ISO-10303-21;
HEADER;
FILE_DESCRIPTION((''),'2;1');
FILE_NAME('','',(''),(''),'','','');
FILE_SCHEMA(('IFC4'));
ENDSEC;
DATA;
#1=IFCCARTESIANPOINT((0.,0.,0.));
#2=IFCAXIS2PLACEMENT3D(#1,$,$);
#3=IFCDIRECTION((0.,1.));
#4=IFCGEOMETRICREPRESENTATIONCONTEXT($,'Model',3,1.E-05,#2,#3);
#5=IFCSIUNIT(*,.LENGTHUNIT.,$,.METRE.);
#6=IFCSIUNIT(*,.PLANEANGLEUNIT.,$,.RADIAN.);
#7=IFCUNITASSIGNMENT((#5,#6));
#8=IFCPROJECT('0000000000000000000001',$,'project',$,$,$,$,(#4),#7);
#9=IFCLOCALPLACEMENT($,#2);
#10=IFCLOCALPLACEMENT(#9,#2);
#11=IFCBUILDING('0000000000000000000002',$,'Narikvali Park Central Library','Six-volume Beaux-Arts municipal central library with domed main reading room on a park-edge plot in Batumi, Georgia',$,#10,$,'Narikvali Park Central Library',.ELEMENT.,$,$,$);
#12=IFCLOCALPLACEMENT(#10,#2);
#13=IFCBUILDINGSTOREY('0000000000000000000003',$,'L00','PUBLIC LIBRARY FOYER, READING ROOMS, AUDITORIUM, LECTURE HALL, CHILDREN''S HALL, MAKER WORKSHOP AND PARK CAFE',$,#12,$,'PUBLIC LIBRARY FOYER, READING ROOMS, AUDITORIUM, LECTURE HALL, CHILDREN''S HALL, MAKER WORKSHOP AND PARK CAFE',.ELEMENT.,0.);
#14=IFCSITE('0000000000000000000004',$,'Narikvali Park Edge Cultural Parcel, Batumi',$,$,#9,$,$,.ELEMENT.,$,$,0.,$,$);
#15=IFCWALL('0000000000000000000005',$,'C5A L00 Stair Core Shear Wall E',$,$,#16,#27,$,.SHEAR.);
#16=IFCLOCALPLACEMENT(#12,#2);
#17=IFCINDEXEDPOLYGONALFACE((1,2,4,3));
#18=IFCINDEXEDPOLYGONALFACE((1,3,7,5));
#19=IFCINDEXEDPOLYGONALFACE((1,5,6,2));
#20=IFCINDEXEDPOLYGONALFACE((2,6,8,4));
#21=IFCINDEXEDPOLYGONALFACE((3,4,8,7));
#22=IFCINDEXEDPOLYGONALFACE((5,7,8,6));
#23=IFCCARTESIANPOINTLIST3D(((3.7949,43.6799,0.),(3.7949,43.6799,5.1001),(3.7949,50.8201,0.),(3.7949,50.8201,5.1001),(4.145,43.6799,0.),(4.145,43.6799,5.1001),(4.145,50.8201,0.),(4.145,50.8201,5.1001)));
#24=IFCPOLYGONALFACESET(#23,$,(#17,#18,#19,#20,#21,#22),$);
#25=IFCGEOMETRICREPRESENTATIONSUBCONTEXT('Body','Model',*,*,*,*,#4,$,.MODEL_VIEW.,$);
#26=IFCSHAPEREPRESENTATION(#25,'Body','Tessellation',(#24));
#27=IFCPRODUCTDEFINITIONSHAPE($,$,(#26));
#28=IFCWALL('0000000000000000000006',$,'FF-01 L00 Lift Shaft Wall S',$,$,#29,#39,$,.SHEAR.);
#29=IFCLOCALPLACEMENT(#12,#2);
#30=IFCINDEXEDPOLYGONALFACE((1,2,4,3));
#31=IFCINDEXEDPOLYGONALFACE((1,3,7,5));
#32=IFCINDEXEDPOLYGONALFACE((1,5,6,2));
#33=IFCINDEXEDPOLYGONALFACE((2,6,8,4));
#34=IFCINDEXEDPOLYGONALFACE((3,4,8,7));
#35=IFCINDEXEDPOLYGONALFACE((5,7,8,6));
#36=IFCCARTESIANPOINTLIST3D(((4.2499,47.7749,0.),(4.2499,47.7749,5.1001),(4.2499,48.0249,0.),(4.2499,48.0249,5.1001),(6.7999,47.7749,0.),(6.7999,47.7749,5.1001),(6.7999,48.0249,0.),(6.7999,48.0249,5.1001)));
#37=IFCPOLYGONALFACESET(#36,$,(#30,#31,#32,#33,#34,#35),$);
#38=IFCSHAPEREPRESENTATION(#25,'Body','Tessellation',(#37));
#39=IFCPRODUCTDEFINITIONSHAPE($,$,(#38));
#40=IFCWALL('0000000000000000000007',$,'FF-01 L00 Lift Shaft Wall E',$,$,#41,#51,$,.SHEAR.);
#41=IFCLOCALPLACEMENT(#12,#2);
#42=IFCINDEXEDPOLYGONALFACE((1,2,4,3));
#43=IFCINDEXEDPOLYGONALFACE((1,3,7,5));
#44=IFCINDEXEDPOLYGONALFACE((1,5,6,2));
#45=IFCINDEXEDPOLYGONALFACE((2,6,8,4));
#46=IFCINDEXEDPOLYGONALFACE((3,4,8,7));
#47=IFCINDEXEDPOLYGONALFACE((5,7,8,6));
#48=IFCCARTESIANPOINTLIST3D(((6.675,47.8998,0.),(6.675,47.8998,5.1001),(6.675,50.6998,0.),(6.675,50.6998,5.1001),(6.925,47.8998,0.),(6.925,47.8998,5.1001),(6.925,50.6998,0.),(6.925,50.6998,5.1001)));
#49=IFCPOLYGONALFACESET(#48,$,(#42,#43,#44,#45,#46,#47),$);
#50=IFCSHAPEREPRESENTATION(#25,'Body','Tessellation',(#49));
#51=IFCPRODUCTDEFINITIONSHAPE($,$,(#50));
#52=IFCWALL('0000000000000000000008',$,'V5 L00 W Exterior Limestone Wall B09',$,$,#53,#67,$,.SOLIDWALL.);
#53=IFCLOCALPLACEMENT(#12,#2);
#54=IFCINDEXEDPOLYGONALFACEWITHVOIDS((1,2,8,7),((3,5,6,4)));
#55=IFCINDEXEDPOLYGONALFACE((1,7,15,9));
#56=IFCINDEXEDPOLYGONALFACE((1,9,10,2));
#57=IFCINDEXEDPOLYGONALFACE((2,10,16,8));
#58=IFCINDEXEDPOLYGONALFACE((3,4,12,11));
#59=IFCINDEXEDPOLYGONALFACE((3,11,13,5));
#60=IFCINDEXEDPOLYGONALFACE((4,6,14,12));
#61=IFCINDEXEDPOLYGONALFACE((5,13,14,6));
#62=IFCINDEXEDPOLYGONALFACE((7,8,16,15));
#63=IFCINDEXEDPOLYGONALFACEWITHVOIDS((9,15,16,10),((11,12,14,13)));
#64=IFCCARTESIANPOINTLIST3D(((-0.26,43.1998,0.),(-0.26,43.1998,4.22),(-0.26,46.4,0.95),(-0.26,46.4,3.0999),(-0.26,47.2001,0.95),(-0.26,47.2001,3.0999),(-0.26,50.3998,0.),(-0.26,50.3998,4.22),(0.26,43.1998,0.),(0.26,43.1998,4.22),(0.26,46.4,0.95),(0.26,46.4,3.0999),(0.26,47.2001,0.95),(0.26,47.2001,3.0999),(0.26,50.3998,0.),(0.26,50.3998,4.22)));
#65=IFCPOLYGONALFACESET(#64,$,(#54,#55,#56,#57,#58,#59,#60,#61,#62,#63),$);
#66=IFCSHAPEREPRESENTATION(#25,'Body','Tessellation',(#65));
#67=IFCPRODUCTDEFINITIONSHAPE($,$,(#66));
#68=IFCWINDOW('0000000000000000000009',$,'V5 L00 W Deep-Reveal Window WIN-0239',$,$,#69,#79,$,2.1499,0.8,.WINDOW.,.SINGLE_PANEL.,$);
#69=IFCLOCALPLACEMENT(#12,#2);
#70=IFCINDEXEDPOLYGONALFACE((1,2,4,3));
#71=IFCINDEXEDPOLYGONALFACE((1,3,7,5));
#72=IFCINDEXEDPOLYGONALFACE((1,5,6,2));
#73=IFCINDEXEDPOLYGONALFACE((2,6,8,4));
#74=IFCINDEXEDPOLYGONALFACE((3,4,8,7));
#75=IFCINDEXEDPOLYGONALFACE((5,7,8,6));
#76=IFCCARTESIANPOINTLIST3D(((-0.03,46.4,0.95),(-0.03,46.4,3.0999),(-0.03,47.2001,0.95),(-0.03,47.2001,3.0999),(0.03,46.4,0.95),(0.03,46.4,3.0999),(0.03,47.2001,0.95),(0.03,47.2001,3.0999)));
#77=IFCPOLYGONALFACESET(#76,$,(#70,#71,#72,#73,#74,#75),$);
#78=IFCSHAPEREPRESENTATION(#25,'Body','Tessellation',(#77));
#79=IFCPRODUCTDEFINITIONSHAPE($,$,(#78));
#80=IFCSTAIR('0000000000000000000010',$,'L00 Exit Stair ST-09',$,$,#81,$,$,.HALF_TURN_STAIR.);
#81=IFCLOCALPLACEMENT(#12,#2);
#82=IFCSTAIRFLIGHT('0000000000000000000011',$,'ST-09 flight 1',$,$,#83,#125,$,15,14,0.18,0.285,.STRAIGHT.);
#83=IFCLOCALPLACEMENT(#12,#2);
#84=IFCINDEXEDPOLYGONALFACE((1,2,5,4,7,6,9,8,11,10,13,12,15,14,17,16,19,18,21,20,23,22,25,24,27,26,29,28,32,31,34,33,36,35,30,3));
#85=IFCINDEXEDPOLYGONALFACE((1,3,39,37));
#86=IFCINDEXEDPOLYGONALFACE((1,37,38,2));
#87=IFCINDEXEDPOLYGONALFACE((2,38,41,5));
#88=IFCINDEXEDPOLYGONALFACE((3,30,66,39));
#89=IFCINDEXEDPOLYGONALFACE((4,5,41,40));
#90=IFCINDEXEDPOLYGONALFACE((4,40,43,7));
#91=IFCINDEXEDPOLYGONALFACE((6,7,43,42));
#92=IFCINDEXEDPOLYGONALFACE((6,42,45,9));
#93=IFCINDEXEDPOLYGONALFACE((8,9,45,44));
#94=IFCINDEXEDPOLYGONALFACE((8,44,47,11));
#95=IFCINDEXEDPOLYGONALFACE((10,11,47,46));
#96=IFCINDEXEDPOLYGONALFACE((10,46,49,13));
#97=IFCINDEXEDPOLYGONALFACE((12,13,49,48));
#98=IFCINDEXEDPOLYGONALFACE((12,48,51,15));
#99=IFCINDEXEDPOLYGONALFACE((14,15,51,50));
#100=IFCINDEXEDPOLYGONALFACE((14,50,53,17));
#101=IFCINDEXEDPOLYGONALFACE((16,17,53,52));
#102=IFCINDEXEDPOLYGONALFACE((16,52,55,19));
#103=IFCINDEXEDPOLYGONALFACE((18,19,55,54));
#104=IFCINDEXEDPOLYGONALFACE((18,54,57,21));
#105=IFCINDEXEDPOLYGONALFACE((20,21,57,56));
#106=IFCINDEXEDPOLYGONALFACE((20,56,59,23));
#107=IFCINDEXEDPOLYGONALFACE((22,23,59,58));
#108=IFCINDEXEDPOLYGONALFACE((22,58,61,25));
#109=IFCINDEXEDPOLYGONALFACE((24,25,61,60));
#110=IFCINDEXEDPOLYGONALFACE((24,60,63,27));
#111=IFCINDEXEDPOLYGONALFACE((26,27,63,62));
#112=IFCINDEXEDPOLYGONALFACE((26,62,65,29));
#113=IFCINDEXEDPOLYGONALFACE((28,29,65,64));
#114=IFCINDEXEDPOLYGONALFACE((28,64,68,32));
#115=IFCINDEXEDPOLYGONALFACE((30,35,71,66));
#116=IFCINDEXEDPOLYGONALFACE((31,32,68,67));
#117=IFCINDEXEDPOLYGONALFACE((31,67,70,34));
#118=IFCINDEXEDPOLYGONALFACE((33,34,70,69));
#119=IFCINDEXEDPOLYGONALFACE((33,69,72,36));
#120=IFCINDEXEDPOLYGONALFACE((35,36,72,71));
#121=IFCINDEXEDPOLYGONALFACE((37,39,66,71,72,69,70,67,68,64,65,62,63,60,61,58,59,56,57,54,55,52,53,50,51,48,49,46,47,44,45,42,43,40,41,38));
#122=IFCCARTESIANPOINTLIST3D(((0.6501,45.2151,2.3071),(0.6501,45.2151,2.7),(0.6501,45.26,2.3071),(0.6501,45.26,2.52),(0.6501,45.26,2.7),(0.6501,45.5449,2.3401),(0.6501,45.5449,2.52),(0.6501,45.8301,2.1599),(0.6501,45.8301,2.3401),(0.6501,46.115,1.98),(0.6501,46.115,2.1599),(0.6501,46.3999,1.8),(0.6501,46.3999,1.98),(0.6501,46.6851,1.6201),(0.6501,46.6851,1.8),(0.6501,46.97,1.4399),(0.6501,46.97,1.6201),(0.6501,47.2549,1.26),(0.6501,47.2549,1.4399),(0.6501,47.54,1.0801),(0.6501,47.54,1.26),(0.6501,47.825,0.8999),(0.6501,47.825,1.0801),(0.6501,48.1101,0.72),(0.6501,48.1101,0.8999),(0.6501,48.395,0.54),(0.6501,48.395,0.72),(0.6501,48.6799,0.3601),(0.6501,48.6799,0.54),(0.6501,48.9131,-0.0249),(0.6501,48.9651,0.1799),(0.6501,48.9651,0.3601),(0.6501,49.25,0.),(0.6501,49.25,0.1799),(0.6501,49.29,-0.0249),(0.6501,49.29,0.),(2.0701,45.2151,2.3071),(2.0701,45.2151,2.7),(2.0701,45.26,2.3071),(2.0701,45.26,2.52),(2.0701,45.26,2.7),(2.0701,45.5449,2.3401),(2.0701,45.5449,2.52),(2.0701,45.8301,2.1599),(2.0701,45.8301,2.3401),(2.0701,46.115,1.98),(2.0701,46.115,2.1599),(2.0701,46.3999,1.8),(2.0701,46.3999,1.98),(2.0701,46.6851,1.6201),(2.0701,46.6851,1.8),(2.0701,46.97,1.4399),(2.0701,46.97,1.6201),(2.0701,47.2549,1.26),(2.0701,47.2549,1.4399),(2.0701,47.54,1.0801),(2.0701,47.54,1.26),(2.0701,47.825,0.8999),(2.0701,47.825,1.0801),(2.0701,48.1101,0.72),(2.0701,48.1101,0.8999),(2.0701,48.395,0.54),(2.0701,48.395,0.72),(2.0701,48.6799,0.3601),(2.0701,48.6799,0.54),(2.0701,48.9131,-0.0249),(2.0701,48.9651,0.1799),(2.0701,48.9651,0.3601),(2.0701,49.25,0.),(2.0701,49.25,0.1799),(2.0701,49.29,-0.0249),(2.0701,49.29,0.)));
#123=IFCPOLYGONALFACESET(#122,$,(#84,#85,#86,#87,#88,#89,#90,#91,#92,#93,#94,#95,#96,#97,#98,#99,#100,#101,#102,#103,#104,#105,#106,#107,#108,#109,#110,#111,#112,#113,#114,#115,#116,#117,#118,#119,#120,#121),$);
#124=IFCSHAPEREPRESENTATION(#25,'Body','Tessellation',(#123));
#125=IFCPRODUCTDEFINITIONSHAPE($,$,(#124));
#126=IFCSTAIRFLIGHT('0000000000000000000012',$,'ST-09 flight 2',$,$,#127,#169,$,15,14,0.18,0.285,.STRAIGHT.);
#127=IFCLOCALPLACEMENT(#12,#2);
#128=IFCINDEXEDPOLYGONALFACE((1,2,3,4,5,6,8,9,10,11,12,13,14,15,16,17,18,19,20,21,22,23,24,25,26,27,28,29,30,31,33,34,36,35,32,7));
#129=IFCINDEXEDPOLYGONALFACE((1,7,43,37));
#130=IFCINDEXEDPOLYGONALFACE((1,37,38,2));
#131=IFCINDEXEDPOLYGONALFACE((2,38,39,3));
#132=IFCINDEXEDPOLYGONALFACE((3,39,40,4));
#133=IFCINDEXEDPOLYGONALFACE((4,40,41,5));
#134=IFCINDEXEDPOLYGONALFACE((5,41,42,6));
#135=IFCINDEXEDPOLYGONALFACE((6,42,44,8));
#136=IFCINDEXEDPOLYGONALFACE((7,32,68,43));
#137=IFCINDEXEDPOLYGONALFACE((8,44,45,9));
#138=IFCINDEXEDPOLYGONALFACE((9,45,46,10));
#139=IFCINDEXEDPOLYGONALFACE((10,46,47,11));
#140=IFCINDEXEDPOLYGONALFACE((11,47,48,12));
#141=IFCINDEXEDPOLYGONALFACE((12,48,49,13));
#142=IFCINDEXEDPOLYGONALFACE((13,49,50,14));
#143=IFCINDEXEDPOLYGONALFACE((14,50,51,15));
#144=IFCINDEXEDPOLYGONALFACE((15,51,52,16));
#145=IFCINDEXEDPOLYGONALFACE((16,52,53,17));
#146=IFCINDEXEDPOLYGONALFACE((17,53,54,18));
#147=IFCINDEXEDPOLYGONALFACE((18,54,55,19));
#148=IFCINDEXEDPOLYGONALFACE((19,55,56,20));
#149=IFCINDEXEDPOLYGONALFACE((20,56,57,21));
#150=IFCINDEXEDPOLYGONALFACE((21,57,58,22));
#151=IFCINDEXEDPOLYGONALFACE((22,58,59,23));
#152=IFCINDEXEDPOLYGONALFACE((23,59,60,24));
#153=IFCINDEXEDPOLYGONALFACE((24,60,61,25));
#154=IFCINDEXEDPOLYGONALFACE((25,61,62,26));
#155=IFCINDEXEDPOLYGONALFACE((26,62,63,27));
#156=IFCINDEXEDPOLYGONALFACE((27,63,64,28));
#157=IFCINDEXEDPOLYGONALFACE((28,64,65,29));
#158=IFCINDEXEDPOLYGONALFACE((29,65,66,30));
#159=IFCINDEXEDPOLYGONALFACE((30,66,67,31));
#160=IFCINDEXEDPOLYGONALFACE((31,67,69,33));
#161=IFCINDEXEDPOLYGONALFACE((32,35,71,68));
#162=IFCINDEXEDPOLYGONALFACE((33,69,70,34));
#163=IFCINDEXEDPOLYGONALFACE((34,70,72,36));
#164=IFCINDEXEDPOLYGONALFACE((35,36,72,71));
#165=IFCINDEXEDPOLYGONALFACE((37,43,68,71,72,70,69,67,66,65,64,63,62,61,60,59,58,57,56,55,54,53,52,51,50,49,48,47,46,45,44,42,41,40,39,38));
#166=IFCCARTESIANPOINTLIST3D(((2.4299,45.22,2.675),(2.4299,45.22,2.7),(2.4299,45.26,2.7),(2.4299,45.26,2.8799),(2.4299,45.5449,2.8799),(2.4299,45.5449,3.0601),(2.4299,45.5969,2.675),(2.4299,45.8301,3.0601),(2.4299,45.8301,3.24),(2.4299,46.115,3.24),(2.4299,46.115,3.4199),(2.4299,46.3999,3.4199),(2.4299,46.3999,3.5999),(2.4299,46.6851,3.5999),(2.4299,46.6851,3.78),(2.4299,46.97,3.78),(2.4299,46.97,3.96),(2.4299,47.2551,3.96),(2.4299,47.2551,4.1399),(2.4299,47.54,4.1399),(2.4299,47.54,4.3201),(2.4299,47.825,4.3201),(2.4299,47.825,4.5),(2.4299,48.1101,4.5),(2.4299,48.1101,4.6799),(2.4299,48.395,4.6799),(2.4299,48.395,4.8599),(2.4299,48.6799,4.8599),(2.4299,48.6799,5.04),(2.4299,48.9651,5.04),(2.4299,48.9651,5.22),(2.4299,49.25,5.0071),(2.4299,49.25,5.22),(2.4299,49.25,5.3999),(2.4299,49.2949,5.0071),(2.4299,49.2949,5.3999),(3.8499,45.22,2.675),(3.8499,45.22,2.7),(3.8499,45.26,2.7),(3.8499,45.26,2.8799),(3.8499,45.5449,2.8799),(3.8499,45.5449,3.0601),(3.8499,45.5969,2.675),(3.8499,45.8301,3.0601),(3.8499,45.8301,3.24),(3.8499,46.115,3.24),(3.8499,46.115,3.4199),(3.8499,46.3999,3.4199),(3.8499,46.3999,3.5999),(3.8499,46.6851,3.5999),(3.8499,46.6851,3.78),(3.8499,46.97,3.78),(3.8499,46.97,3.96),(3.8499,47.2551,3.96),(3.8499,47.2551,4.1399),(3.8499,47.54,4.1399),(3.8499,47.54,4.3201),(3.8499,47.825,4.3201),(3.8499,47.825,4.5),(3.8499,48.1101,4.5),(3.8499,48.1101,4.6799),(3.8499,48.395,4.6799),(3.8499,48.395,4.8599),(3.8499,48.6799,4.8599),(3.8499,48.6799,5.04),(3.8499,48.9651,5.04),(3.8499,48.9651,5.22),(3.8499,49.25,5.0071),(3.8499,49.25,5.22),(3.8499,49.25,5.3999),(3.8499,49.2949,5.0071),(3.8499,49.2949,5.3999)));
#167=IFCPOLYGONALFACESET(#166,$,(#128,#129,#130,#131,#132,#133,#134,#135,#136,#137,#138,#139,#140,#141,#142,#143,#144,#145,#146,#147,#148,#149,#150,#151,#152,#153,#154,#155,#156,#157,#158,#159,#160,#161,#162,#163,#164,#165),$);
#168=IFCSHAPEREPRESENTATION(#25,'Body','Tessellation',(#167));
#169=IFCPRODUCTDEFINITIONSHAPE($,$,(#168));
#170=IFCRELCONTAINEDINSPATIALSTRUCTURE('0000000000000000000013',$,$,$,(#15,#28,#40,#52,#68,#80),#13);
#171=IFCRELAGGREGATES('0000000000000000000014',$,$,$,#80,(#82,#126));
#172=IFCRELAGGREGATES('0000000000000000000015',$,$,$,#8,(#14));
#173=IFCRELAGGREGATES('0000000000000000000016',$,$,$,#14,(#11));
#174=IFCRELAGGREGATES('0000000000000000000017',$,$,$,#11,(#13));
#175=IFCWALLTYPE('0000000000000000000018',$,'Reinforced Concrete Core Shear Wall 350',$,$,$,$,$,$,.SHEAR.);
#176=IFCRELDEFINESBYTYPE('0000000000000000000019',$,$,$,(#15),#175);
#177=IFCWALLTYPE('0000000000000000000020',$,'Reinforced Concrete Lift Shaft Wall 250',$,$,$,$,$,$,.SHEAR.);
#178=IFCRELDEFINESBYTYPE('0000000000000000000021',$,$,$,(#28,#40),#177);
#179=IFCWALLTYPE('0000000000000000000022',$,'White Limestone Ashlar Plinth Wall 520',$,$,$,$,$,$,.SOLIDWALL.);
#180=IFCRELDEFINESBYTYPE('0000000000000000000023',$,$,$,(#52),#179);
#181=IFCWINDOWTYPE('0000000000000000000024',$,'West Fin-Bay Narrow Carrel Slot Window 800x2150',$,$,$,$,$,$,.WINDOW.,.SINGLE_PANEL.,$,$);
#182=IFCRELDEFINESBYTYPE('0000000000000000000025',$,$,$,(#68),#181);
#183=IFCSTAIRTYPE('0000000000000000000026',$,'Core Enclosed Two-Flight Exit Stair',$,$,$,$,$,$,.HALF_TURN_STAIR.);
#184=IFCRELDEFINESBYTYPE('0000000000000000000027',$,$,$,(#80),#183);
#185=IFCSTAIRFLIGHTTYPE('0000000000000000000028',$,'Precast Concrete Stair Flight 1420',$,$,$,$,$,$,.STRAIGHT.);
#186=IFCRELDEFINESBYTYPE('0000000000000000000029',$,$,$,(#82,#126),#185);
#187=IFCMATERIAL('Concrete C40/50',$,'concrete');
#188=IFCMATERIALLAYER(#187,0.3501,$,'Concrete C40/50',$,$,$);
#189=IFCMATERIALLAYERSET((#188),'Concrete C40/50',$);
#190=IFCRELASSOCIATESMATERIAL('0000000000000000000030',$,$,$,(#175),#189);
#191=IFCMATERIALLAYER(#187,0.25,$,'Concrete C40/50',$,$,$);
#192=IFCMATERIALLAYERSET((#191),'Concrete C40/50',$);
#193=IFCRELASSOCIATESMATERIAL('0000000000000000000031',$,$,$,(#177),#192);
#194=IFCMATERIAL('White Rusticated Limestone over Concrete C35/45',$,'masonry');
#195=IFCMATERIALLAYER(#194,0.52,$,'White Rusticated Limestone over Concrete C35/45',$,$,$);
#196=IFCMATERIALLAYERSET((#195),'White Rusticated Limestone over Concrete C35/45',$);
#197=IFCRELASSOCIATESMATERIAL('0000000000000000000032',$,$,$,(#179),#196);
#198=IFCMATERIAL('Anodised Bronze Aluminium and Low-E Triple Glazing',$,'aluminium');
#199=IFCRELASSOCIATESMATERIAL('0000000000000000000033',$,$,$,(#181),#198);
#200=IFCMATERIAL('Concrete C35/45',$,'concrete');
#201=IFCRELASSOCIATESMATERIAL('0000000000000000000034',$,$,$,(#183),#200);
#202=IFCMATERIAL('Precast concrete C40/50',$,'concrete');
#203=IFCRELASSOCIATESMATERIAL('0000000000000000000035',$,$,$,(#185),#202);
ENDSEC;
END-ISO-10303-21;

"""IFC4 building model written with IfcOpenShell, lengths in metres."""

from ifc_helpers import new_model, si_unit, direction, frame, frame_2d, origin, place, context, subcontext, project, spatial, polyline, rectangle, outline, extrude, material, layer, layer_set, type_object, element, fill, aggregate, save


model = new_model("IFC4")

# Units and contexts
model_context = context("Model", 3, precision=1e-05, world=origin(), true_north=direction((0.0, 1.0)))
body_context = subcontext(model_context, "Body", "Model", "MODEL_VIEW")
ifc_project = project(units=[si_unit("LENGTHUNIT", "METRE"), si_unit("PLANEANGLEUNIT", "RADIAN")], contexts=[model_context])

# Site, building, storey
site_placement = place(None, origin())
site = spatial("IfcSite", under=ifc_project, at=site_placement, Name="Narikvali Park Edge Cultural Parcel, Batumi", CompositionType="ELEMENT", RefElevation=0.0)
building_placement = place(site_placement, origin())
building = spatial("IfcBuilding", under=site, at=building_placement, Name="Narikvali Park Central Library", Description="Six-volume Beaux-Arts municipal central library with domed main reading room on a park-edge plot in Batumi, Georgia", LongName="Narikvali Park Central Library", CompositionType="ELEMENT")
storey_placement = place(building_placement, origin())
storey = spatial("IfcBuildingStorey", under=building, at=storey_placement, Name="L00", Description="PUBLIC LIBRARY FOYER, READING ROOMS, AUDITORIUM, LECTURE HALL, CHILDREN'S HALL, MAKER WORKSHOP AND PARK CAFE", LongName="PUBLIC LIBRARY FOYER, READING ROOMS, AUDITORIUM, LECTURE HALL, CHILDREN'S HALL, MAKER WORKSHOP AND PARK CAFE", CompositionType="ELEMENT", Elevation=0.0)

# Walls
ifc_material_1 = material(Name="Concrete C40/50", Category="concrete")
ifc_layer_1 = layer(ifc_material_1, 0.3501, Name="Concrete C40/50")
ifc_layer_set_1 = layer_set([ifc_layer_1], Name="Concrete C40/50")
wall_type_1 = type_object("IfcWallType", Name="Reinforced Concrete Core Shear Wall 350", PredefinedType="SHEAR", material=ifc_layer_set_1)
wall_1_placement = place(storey_placement, frame((3.97, 43.6799, 0.0), z_axis=(0.0, 0.0, 1.0), x_axis=(0.0, 1.0, 0.0)))
element("IfcWall", 1, at=wall_1_placement, inside=storey, type_object=wall_type_1, Name="C5A L00 Stair Core Shear Wall E", PredefinedType="SHEAR", context=body_context, shape_type="SweptSolid", body=[
    extrude(rectangle(XDim=7.1401, YDim=0.3501, at=frame_2d((3.5701, 0.0))), origin(), (0.0, 0.0, 1.0), 5.1001),
])
ifc_layer_2 = layer(ifc_material_1, 0.25, Name="Concrete C40/50")
ifc_layer_set_2 = layer_set([ifc_layer_2], Name="Concrete C40/50")
wall_type_2 = type_object("IfcWallType", Name="Reinforced Concrete Lift Shaft Wall 250", PredefinedType="SHEAR", material=ifc_layer_set_2)
wall_2_placement = place(storey_placement, frame((4.25, 47.8999, 0.0), z_axis=(0.0, 0.0, 1.0), x_axis=(1.0, 0.0, 0.0)))
element("IfcWall", 2, at=wall_2_placement, inside=storey, type_object=wall_type_2, Name="FF-01 L00 Lift Shaft Wall S", PredefinedType="SHEAR", context=body_context, shape_type="SweptSolid", body=[
    extrude(rectangle(XDim=2.55, YDim=0.25, at=frame_2d((1.2749, 0.0))), origin(), (0.0, 0.0, 1.0), 5.1001),
])
wall_3_placement = place(storey_placement, frame((6.8, 47.8999, 0.0), z_axis=(0.0, 0.0, 1.0), x_axis=(0.0, 1.0, 0.0)))
element("IfcWall", 3, at=wall_3_placement, inside=storey, type_object=wall_type_2, Name="FF-01 L00 Lift Shaft Wall E", PredefinedType="SHEAR", context=body_context, shape_type="SweptSolid", body=[
    extrude(rectangle(XDim=2.8, YDim=0.25, at=frame_2d((1.3999, 0.0))), origin(), (0.0, 0.0, 1.0), 5.1001),
])

# Wall, opening, window
ifc_material_2 = material(Name="White Rusticated Limestone over Concrete C35/45", Category="masonry")
ifc_layer_3 = layer(ifc_material_2, 0.52, Name="White Rusticated Limestone over Concrete C35/45")
ifc_layer_set_3 = layer_set([ifc_layer_3], Name="White Rusticated Limestone over Concrete C35/45")
wall_type_3 = type_object("IfcWallType", Name="White Limestone Ashlar Plinth Wall 520", PredefinedType="SOLIDWALL", material=ifc_layer_set_3)
wall_4_placement = place(storey_placement, frame((0.0, 50.3999, 0.0), z_axis=(0.0, 0.0, 1.0), x_axis=(0.0, -1.0, 0.0)))
wall_4 = element("IfcWall", 4, at=wall_4_placement, inside=storey, type_object=wall_type_3, Name="V5 L00 W Exterior Limestone Wall B09", PredefinedType="SOLIDWALL", context=body_context, shape_type="SweptSolid", body=[
    extrude(rectangle(XDim=7.2, YDim=0.52, at=frame_2d((3.6001, 0.0))), origin(), (0.0, 0.0, 1.0), 4.22),
])
opening_placement = place(wall_4_placement, frame((3.2, 0.0, 0.95)))
opening = element("IfcOpeningElement", 5, at=opening_placement, cuts=wall_4, PredefinedType="OPENING", context=body_context, shape_type="SweptSolid", body=[
    extrude(rectangle(XDim=0.8, YDim=2.1499, at=frame_2d((0.3999, 1.075))), frame((0.0, 0.272, 0.0), z_axis=(0.0, -1.0, 0.0), x_axis=(1.0, 0.0, 0.0)), (0.0, 0.0, 1.0), 0.5439),
])
ifc_material_3 = material(Name="Anodised Bronze Aluminium and Low-E Triple Glazing", Category="aluminium")
window_type = type_object("IfcWindowType", Name="West Fin-Bay Narrow Carrel Slot Window 800x2150", PartitioningType="SINGLE_PANEL", PredefinedType="WINDOW", material=ifc_material_3)
window_placement = place(opening_placement, origin())
window = element("IfcWindow", 6, at=window_placement, inside=storey, type_object=window_type, Name="V5 L00 W Deep-Reveal Window WIN-0239", OverallHeight=2.1499, OverallWidth=0.8, PartitioningType="SINGLE_PANEL", PredefinedType="WINDOW", context=body_context, shape_type="SweptSolid", body=[
    extrude(rectangle(XDim=0.8, YDim=2.1499, at=frame_2d((0.3999, 1.075))), frame((0.0, 0.03, 0.0), z_axis=(0.0, -1.0, 0.0), x_axis=(1.0, 0.0, 0.0)), (0.0, 0.0, 1.0), 0.0601),
])
fill(opening, window)

# Stair, stair flights
ifc_material_4 = material(Name="Concrete C35/45", Category="concrete")
stair_type = type_object("IfcStairType", Name="Core Enclosed Two-Flight Exit Stair", PredefinedType="HALF_TURN_STAIR", material=ifc_material_4)
stair_placement = place(storey_placement, origin())
stair = element("IfcStair", 7, at=stair_placement, inside=storey, type_object=stair_type, Name="L00 Exit Stair ST-09", PredefinedType="HALF_TURN_STAIR")
ifc_material_5 = material(Name="Precast concrete C40/50", Category="concrete")
stair_flight_type = type_object("IfcStairFlightType", Name="Precast Concrete Stair Flight 1420", PredefinedType="STRAIGHT", material=ifc_material_5)
stair_flight_1_placement = place(storey_placement, frame((1.3601, 49.25, 0.0), z_axis=(0.0, 0.0, 1.0), x_axis=(0.0, -1.0, 0.0)))
stair_flight_1 = element("IfcStairFlight", 8, at=stair_flight_1_placement, type_object=stair_flight_type, Name="ST-09 flight 1", NumberOfRisers=15, NumberOfTreads=14, PredefinedType="STRAIGHT", RiserHeight=0.18, TreadLength=0.285, context=body_context, shape_type="SweptSolid", body=[
    extrude(outline(polyline([(-0.04, -0.0249), (-0.04, 0.0), (0.0, 0.0), (0.0, 0.1799), (0.2849, 0.1799), (0.2849, 0.3601), (0.5701, 0.3601), (0.5701, 0.54), (0.855, 0.54), (0.855, 0.72), (1.1399, 0.72), (1.1399, 0.8999), (1.425, 0.8999), (1.425, 1.0801), (1.71, 1.0801), (1.71, 1.26), (1.9951, 1.26), (1.9951, 1.4399), (2.28, 1.4399), (2.28, 1.6201), (2.5649, 1.6201), (2.5649, 1.8), (2.8501, 1.8), (2.8501, 1.98), (3.135, 1.98), (3.135, 2.1599), (3.4199, 2.1599), (3.4199, 2.3401), (3.7051, 2.3401), (3.7051, 2.52), (3.99, 2.52), (3.99, 2.7), (4.0349, 2.7), (4.0349, 2.3071), (3.99, 2.3071), (0.3369, -0.0249), (-0.04, -0.0249)])), frame((0.0, 0.71, 0.0), z_axis=(0.0, -1.0, 0.0), x_axis=(1.0, 0.0, 0.0)), (0.0, 0.0, 1.0), 1.4199),
])
stair_flight_2_placement = place(storey_placement, frame((3.1399, 45.26, 2.7), z_axis=(0.0, 0.0, 1.0), x_axis=(0.0, 1.0, 0.0)))
stair_flight_2 = element("IfcStairFlight", 9, at=stair_flight_2_placement, type_object=stair_flight_type, Name="ST-09 flight 2", NumberOfRisers=15, NumberOfTreads=14, PredefinedType="STRAIGHT", RiserHeight=0.18, TreadLength=0.285, context=body_context, shape_type="SweptSolid", body=[
    extrude(outline(polyline([(-0.04, -0.0249), (-0.04, 0.0), (0.0, 0.0), (0.0, 0.1799), (0.2849, 0.1799), (0.2849, 0.3601), (0.5701, 0.3601), (0.5701, 0.54), (0.855, 0.54), (0.855, 0.72), (1.1399, 0.72), (1.1399, 0.8999), (1.425, 0.8999), (1.425, 1.0801), (1.71, 1.0801), (1.71, 1.26), (1.9951, 1.26), (1.9951, 1.4399), (2.28, 1.4399), (2.28, 1.6201), (2.5649, 1.6201), (2.5649, 1.8), (2.8501, 1.8), (2.8501, 1.98), (3.135, 1.98), (3.135, 2.1599), (3.4199, 2.1599), (3.4199, 2.3401), (3.7051, 2.3401), (3.7051, 2.52), (3.99, 2.52), (3.99, 2.7), (4.0349, 2.7), (4.0349, 2.3071), (3.99, 2.3071), (0.3369, -0.0249), (-0.04, -0.0249)])), frame((0.0, 0.71, 0.0), z_axis=(0.0, -1.0, 0.0), x_axis=(1.0, 0.0, 0.0)), (0.0, 0.0, 1.0), 1.4199),
])
aggregate(stair, [stair_flight_1, stair_flight_2])

save(model, "model.ifc")
